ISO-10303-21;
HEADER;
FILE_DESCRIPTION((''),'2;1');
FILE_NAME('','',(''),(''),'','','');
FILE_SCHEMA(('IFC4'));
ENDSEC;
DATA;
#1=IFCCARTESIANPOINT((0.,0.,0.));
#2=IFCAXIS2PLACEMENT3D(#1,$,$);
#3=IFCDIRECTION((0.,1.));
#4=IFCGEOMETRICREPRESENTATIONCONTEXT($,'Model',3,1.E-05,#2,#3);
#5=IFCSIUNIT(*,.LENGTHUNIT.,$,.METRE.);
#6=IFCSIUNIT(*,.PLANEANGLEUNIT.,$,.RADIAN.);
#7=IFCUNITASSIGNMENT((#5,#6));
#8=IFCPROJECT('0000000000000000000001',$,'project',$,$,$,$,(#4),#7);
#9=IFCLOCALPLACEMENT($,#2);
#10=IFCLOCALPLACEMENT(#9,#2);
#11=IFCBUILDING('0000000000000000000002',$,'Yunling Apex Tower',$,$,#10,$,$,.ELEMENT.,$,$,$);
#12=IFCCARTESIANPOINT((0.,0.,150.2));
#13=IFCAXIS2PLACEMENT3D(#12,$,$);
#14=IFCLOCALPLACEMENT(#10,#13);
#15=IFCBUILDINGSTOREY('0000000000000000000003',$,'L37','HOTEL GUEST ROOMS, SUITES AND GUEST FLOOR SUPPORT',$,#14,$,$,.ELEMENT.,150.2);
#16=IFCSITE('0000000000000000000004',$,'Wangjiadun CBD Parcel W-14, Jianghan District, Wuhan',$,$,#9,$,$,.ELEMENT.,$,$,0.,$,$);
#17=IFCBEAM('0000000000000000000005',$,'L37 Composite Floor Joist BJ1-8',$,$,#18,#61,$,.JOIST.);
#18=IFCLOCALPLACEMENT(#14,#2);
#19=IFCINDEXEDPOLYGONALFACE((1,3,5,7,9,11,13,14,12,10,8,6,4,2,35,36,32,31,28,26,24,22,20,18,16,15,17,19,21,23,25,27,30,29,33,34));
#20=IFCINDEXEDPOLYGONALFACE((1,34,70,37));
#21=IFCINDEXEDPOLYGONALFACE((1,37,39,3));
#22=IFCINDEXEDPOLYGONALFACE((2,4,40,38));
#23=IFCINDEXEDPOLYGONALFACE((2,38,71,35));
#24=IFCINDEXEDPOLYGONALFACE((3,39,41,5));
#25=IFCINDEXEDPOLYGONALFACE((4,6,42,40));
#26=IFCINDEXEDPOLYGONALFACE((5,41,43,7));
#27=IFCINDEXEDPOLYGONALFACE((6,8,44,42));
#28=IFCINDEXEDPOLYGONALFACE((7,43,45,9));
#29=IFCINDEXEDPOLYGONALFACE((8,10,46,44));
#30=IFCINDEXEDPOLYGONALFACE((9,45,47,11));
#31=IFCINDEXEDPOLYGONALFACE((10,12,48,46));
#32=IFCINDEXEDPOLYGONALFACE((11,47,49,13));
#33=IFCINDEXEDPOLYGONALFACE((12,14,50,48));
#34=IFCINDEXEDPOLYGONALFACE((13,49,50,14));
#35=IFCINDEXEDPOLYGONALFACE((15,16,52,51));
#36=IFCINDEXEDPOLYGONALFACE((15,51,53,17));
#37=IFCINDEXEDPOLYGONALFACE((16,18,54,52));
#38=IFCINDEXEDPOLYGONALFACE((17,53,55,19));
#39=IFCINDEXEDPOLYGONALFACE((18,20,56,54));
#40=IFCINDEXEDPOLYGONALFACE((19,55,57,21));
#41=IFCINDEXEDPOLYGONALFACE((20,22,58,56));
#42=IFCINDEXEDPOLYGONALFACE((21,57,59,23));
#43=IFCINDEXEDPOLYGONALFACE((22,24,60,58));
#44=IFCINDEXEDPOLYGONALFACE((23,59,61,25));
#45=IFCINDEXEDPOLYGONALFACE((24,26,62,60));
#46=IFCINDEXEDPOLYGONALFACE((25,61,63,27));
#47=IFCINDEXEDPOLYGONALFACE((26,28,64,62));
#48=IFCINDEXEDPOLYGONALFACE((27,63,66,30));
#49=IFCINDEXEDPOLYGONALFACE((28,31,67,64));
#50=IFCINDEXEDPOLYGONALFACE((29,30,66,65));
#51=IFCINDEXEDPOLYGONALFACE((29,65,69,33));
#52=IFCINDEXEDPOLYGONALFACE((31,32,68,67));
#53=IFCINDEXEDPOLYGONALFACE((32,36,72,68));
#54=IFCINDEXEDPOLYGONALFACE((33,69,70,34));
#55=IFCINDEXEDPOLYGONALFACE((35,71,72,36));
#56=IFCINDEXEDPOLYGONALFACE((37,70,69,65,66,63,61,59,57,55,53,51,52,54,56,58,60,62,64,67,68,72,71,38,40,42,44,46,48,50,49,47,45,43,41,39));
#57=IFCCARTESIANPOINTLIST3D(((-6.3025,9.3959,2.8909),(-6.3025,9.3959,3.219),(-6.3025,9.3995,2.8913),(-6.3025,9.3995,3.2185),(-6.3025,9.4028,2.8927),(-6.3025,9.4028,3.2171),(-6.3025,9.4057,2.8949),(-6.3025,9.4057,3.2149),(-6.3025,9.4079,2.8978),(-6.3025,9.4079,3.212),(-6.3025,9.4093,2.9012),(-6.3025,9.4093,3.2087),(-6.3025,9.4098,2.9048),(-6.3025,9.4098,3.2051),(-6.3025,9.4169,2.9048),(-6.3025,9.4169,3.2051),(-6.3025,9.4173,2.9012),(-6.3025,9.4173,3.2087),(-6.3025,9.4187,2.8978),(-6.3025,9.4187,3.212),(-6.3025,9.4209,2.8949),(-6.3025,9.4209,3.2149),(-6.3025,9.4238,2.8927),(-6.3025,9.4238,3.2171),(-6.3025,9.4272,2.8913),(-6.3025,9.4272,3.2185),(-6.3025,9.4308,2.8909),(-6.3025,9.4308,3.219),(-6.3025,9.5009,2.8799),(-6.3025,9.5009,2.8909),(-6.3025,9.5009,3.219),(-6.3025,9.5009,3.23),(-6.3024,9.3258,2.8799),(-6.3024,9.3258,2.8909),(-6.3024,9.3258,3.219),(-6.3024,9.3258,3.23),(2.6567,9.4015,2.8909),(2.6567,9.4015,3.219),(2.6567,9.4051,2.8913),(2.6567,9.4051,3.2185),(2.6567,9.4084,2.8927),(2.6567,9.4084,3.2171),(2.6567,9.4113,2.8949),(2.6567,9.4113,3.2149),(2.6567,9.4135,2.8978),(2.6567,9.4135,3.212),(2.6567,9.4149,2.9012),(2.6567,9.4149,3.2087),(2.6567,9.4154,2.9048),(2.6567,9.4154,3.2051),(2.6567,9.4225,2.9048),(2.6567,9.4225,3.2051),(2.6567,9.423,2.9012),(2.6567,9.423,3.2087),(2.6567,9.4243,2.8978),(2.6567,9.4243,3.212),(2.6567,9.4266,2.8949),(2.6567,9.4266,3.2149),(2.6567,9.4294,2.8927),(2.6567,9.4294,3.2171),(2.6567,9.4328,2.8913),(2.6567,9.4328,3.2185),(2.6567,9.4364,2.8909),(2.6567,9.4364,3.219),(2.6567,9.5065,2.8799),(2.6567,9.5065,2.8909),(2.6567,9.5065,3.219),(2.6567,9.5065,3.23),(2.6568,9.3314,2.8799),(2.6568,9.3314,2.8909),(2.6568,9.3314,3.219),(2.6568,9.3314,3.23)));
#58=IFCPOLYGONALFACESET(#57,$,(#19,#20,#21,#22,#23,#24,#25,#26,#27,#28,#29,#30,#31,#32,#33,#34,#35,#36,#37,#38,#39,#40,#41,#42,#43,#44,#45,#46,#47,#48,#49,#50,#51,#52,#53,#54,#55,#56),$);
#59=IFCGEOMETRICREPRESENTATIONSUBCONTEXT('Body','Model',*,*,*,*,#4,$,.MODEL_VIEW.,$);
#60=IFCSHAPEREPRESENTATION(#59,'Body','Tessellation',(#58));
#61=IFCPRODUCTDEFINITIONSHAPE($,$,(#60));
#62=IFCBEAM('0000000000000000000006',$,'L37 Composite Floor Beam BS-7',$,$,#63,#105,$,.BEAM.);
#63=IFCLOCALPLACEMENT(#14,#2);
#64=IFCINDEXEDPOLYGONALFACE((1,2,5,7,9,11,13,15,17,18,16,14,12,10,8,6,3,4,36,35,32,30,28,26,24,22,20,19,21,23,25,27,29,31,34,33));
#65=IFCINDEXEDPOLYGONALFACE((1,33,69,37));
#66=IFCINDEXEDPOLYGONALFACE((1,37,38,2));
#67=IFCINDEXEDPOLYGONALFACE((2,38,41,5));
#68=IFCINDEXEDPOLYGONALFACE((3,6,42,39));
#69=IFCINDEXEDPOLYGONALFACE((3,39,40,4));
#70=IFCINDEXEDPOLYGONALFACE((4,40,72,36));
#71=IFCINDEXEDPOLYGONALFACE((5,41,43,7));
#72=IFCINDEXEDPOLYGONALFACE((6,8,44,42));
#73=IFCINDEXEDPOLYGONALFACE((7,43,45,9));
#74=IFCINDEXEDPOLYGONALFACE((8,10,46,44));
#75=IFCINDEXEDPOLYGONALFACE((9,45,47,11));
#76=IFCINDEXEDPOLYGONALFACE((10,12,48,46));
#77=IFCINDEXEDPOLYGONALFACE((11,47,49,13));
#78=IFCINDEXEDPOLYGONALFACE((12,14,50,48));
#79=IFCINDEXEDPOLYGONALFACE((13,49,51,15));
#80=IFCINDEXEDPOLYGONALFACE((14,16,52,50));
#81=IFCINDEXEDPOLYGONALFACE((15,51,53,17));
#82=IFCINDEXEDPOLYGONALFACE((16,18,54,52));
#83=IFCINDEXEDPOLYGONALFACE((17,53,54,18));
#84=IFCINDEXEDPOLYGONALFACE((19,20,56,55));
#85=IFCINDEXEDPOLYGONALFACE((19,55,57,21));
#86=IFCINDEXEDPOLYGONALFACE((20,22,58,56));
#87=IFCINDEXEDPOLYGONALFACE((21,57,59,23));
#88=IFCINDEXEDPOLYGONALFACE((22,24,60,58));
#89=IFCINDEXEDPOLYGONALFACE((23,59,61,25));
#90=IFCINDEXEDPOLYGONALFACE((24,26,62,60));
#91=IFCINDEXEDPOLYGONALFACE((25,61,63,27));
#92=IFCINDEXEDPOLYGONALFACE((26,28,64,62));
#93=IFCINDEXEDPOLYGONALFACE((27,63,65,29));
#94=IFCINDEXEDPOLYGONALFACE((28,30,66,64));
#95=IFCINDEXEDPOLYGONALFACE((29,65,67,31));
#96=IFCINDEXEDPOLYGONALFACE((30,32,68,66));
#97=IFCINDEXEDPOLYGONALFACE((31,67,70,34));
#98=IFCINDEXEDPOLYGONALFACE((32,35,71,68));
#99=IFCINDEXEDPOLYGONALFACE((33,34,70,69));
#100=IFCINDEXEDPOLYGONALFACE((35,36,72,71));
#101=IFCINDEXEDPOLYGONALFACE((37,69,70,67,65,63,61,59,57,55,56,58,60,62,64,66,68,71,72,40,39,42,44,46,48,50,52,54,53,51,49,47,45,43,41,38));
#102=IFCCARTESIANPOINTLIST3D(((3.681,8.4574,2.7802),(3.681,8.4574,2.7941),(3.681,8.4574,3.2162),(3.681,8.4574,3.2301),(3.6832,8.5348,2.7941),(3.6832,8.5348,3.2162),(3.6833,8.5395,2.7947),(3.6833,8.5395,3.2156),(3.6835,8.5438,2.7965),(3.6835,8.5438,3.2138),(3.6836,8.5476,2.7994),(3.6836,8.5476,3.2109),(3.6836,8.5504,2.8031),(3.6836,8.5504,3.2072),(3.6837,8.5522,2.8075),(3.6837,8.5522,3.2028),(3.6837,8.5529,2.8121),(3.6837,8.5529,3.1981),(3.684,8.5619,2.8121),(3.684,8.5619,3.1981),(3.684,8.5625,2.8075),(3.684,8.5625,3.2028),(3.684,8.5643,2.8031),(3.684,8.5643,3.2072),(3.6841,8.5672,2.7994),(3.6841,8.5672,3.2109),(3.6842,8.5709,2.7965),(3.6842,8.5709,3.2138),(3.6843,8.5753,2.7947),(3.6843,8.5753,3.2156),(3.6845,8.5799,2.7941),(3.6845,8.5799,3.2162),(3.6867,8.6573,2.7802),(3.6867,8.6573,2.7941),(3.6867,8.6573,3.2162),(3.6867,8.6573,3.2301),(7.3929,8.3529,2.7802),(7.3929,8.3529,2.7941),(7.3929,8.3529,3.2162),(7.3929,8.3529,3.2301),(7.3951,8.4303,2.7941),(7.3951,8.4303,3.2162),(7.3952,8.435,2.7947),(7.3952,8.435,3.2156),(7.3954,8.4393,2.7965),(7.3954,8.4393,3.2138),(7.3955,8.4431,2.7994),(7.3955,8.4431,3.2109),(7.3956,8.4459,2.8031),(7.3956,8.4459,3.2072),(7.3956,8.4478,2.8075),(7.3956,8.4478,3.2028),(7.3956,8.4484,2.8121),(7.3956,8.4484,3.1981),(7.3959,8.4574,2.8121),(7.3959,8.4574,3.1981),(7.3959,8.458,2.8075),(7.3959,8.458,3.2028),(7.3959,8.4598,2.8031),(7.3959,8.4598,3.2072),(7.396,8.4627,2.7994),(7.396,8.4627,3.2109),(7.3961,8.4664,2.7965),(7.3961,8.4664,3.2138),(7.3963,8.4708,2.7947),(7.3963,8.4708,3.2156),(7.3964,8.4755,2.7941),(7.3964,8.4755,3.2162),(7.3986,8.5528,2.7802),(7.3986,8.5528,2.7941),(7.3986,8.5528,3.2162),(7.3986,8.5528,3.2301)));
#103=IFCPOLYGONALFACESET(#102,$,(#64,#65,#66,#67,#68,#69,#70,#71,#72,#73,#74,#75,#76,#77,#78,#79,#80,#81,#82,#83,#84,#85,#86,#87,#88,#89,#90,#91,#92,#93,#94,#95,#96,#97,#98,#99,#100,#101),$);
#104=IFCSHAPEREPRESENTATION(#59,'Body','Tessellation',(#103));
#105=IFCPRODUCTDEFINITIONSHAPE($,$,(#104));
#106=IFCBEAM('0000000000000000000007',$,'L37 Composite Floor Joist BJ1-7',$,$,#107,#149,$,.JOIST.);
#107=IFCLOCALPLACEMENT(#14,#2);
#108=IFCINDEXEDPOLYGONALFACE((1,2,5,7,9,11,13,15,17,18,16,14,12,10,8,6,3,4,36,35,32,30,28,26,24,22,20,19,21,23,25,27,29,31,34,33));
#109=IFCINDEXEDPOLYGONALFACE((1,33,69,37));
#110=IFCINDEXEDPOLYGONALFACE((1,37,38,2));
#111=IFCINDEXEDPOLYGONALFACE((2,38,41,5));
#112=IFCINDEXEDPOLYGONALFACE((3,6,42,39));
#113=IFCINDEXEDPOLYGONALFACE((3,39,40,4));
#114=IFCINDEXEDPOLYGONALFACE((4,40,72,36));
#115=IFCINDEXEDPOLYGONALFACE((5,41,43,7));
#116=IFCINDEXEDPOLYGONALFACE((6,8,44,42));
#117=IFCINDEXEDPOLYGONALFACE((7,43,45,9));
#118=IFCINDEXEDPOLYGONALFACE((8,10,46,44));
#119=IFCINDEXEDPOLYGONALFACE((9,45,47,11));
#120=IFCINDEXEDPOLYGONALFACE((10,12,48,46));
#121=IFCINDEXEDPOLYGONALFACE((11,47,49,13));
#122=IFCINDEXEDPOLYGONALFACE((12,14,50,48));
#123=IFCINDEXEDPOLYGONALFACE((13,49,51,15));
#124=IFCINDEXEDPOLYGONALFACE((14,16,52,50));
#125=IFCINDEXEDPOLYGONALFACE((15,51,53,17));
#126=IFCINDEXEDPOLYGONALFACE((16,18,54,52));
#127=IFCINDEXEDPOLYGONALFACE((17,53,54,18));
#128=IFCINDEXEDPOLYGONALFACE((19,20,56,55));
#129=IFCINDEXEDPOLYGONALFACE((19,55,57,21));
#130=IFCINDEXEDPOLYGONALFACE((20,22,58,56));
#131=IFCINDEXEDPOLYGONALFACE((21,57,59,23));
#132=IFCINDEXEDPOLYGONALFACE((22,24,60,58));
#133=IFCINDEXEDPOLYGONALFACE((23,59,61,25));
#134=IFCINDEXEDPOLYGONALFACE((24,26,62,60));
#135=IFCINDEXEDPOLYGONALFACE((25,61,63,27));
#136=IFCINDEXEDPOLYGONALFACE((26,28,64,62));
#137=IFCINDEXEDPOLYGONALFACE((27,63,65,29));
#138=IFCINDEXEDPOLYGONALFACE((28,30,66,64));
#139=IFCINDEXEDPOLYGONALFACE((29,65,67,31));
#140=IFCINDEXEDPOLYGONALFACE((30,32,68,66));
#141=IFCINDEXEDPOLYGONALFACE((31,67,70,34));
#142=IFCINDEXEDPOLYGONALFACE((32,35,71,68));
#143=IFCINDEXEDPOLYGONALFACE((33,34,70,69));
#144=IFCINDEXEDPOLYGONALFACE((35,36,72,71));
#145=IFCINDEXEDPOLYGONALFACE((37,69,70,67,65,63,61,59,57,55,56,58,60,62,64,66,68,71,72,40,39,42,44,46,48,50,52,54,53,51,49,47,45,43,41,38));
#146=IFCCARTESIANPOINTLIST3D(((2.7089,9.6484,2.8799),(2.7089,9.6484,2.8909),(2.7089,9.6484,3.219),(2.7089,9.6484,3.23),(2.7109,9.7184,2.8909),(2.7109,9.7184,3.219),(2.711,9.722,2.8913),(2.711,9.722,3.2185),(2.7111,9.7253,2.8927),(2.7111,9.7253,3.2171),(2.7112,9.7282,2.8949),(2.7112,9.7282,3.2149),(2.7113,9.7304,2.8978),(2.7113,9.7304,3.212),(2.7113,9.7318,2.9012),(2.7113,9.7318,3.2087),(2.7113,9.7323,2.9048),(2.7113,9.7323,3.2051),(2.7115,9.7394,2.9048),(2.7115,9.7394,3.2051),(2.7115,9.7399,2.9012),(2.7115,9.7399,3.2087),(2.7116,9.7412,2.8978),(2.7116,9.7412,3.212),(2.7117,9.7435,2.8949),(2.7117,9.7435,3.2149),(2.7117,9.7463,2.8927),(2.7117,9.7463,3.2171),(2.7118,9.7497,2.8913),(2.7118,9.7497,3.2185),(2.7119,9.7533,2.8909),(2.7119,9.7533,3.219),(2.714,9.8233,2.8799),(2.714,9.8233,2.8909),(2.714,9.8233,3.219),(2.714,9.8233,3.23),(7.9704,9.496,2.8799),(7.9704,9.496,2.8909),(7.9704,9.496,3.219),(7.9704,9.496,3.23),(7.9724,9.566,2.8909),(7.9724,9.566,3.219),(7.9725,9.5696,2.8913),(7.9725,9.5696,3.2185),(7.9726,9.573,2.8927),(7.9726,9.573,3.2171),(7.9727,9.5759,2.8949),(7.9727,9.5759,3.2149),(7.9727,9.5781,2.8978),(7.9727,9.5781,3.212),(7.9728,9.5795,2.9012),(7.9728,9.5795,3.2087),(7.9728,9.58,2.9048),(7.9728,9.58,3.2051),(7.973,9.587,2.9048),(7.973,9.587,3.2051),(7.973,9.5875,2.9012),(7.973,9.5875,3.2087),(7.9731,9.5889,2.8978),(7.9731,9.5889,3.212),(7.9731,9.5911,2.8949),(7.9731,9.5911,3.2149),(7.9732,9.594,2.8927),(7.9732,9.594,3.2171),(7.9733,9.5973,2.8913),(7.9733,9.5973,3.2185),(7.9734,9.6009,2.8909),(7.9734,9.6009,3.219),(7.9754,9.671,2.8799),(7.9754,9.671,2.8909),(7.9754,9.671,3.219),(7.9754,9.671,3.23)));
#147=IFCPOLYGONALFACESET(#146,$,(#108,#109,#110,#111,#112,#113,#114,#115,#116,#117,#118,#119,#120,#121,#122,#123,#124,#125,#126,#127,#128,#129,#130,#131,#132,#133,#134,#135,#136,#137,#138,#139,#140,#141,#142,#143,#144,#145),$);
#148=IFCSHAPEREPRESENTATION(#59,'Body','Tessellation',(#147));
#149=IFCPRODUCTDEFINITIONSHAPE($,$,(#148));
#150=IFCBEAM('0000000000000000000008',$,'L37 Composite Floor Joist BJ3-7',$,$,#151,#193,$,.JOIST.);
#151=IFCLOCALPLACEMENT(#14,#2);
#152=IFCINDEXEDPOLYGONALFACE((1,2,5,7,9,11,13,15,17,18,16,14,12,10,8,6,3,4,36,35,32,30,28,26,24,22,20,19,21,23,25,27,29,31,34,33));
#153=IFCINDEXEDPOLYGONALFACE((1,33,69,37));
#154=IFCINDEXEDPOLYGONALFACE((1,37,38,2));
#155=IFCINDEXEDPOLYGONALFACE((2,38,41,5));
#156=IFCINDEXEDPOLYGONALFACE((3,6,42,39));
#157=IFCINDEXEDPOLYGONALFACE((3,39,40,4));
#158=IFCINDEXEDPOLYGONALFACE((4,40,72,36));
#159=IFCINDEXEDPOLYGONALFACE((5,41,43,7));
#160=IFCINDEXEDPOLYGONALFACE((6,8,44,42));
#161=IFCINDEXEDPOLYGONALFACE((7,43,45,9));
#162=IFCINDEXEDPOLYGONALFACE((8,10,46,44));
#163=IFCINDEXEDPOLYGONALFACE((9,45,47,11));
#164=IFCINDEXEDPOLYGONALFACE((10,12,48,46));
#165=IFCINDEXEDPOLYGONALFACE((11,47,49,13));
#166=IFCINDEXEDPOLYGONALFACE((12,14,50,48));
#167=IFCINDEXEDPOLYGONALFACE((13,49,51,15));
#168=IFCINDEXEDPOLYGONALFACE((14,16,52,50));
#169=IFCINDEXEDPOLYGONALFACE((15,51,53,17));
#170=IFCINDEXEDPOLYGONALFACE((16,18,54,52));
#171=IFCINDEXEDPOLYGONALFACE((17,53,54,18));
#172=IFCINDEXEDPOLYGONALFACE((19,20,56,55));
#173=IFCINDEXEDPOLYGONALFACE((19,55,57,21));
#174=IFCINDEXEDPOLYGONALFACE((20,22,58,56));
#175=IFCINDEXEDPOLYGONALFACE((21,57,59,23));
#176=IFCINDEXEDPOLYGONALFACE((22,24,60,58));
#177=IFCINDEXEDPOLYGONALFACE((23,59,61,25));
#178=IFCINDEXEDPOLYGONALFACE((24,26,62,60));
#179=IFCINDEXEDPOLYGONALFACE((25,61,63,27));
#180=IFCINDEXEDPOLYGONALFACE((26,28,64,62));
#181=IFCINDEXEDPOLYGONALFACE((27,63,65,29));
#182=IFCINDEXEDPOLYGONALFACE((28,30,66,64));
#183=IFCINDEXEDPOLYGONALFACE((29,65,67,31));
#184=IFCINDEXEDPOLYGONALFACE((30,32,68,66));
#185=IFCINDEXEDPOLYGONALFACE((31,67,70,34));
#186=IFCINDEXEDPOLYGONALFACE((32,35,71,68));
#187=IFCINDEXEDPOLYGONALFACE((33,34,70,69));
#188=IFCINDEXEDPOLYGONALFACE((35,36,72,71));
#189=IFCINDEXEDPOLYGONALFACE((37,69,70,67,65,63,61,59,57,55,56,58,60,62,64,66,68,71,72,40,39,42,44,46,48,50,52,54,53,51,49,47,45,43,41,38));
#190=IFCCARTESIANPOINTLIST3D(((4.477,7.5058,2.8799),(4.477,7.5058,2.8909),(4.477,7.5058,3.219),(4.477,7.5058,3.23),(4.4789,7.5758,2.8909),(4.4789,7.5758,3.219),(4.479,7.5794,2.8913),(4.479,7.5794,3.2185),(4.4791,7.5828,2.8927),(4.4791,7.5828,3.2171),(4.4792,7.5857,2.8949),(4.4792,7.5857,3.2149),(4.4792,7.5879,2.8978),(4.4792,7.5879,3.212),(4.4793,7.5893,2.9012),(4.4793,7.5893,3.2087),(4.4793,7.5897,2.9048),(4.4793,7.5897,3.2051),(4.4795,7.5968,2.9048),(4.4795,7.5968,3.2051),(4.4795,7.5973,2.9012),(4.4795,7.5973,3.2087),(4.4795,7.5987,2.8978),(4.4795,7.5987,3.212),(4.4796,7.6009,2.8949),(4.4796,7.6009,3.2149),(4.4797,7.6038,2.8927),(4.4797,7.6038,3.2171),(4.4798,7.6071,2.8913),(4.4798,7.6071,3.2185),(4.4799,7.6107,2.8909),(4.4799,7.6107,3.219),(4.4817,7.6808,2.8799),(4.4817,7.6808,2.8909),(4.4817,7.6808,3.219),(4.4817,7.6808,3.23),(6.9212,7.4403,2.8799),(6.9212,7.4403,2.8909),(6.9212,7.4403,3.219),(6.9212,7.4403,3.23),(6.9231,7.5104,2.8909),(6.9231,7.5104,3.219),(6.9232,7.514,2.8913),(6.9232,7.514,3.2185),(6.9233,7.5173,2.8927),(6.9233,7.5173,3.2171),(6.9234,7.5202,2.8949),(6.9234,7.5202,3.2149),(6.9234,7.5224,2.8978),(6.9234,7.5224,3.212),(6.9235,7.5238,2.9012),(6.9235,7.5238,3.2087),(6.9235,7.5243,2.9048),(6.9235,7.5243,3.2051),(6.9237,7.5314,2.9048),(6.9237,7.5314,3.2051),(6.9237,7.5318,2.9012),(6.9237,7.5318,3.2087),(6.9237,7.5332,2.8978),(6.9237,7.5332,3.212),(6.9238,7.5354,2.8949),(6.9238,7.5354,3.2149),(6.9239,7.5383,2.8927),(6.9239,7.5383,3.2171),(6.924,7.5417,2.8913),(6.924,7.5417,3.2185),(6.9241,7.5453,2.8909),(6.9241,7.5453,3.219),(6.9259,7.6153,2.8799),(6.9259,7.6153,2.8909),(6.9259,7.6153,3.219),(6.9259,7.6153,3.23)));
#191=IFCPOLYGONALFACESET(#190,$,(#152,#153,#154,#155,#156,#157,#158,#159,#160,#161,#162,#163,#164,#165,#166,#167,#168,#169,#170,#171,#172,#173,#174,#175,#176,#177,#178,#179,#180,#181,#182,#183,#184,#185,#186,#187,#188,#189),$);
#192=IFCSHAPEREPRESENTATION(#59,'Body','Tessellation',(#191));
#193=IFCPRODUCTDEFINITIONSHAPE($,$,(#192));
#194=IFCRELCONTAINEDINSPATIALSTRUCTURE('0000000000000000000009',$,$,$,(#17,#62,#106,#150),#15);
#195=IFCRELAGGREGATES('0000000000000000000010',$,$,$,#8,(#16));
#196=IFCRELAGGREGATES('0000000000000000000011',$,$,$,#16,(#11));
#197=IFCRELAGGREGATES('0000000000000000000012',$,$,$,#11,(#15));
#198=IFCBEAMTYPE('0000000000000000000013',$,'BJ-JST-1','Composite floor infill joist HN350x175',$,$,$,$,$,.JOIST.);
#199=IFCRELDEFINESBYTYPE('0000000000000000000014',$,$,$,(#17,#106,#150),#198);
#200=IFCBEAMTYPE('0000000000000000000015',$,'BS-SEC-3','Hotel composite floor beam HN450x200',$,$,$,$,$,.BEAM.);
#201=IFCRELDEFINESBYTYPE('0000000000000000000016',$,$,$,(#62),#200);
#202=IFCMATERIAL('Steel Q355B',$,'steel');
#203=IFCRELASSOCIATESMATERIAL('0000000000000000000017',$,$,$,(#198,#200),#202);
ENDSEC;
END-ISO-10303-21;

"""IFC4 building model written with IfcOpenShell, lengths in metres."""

from ifc_helpers import new_model, si_unit, direction, frame, origin, origin_2d, place, context, subcontext, project, spatial, i_section, extrude, source, transform, mapped, material, material_profile, profile_set, type_object, element, save


model = new_model("IFC4")

# Units and contexts
model_context = context("Model", 3, precision=1e-05, world=origin(), true_north=direction((0.0, 1.0)))
body_context = subcontext(model_context, "Body", "Model", "MODEL_VIEW")
ifc_project = project(units=[si_unit("LENGTHUNIT", "METRE"), si_unit("PLANEANGLEUNIT", "RADIAN")], contexts=[model_context])

# Site, building, storey
site_placement = place(None, origin())
site = spatial("IfcSite", under=ifc_project, at=site_placement, Name="Wangjiadun CBD Parcel W-14, Jianghan District, Wuhan", CompositionType="ELEMENT", RefElevation=0.0)
building_placement = place(site_placement, origin())
building = spatial("IfcBuilding", under=site, at=building_placement, Name="Yunling Apex Tower", CompositionType="ELEMENT")
storey_placement = place(building_placement, frame((0.0, 0.0, 150.2)))
storey = spatial("IfcBuildingStorey", under=building, at=storey_placement, Name="L37", Description="HOTEL GUEST ROOMS, SUITES AND GUEST FLOOR SUPPORT", CompositionType="ELEMENT", Elevation=150.2)

# Beams
ifc_material_1 = material(Name="Steel Q355B", Category="steel")
ifc_material_profile_1 = material_profile(ifc_material_1, i_section(OverallWidth=0.175, OverallDepth=0.3501, WebThickness=0.0071, FlangeThickness=0.011, FilletRadius=0.0139, at=origin_2d()))
ifc_profile_set_1 = profile_set([ifc_material_profile_1], Name="Steel Q355B")
beam_type_1 = type_object("IfcBeamType", Name="BJ-JST-1", Description="Composite floor infill joist HN350x175", PredefinedType="JOIST", material=ifc_profile_set_1)
shared_shape_1 = source(origin(), body_context, "Body", "SweptSolid", [
    extrude(i_section(OverallWidth=0.175, OverallDepth=0.3501, WebThickness=0.0071, FlangeThickness=0.011, FilletRadius=0.0139, at=origin_2d()), origin(), (0.0, 0.0, 1.0), 8.9592),
])
beam_1_placement = place(storey_placement, frame((2.6567, 9.4189, 3.0549), z_axis=(-1.0, -0.000627, 0.0), x_axis=(0.000627, -1.0, 0.0)))
element("IfcBeam", 1, at=beam_1_placement, inside=storey, type_object=beam_type_1, Name="L37 Composite Floor Joist BJ1-8", PredefinedType="JOIST", context=body_context, shape_type="MappedRepresentation", body=[
    mapped(shared_shape_1, transform((0.0, 0.0, 0.0), scale=1.0)),
])
ifc_material_profile_2 = material_profile(ifc_material_1, i_section(OverallWidth=0.2, OverallDepth=0.45, WebThickness=0.009, FlangeThickness=0.0139, FilletRadius=0.0181, at=origin_2d()))
ifc_profile_set_2 = profile_set([ifc_material_profile_2], Name="Steel Q355B")
beam_type_2 = type_object("IfcBeamType", Name="BS-SEC-3", Description="Hotel composite floor beam HN450x200", PredefinedType="BEAM", material=ifc_profile_set_2)
shared_shape_2 = source(origin(), body_context, "Body", "SweptSolid", [
    extrude(i_section(OverallWidth=0.2, OverallDepth=0.45, WebThickness=0.009, FlangeThickness=0.0139, FilletRadius=0.0181, at=origin_2d()), origin(), (0.0, 0.0, 1.0), 3.7134),
])
beam_2_placement = place(storey_placement, frame((7.3958, 8.4529, 3.0051), z_axis=(-0.999604, 0.028139, 0.0), x_axis=(-0.028139, -0.999604, 0.0)))
element("IfcBeam", 2, at=beam_2_placement, inside=storey, type_object=beam_type_2, Name="L37 Composite Floor Beam BS-7", PredefinedType="BEAM", context=body_context, shape_type="MappedRepresentation", body=[
    mapped(shared_shape_2, transform((0.0, 0.0, 0.0), scale=1.0)),
])
shared_shape_3 = source(origin(), body_context, "Body", "SweptSolid", [
    extrude(i_section(OverallWidth=0.175, OverallDepth=0.3501, WebThickness=0.0071, FlangeThickness=0.011, FilletRadius=0.0139, at=origin_2d()), origin(), (0.0, 0.0, 1.0), 5.2637),
])
beam_3_placement = place(storey_placement, frame((7.9729, 9.5835, 3.0549), z_axis=(-0.999581, 0.028942, 0.0), x_axis=(-0.028942, -0.999581, 0.0)))
element("IfcBeam", 3, at=beam_3_placement, inside=storey, type_object=beam_type_1, Name="L37 Composite Floor Joist BJ1-7", PredefinedType="JOIST", context=body_context, shape_type="MappedRepresentation", body=[
    mapped(shared_shape_3, transform((0.0, 0.0, 0.0), scale=1.0)),
])
shared_shape_4 = source(origin(), body_context, "Body", "SweptSolid", [
    extrude(i_section(OverallWidth=0.175, OverallDepth=0.3501, WebThickness=0.0071, FlangeThickness=0.011, FilletRadius=0.0139, at=origin_2d()), origin(), (0.0, 0.0, 1.0), 2.4451),
])
beam_4_placement = place(storey_placement, frame((6.9236, 7.5278, 3.0549), z_axis=(-0.999642, 0.026761, 0.0), x_axis=(-0.026761, -0.999642, 0.0)))
element("IfcBeam", 4, at=beam_4_placement, inside=storey, type_object=beam_type_1, Name="L37 Composite Floor Joist BJ3-7", PredefinedType="JOIST", context=body_context, shape_type="MappedRepresentation", body=[
    mapped(shared_shape_4, transform((0.0, 0.0, 0.0), scale=1.0)),
])

save(model, "model.ifc")
